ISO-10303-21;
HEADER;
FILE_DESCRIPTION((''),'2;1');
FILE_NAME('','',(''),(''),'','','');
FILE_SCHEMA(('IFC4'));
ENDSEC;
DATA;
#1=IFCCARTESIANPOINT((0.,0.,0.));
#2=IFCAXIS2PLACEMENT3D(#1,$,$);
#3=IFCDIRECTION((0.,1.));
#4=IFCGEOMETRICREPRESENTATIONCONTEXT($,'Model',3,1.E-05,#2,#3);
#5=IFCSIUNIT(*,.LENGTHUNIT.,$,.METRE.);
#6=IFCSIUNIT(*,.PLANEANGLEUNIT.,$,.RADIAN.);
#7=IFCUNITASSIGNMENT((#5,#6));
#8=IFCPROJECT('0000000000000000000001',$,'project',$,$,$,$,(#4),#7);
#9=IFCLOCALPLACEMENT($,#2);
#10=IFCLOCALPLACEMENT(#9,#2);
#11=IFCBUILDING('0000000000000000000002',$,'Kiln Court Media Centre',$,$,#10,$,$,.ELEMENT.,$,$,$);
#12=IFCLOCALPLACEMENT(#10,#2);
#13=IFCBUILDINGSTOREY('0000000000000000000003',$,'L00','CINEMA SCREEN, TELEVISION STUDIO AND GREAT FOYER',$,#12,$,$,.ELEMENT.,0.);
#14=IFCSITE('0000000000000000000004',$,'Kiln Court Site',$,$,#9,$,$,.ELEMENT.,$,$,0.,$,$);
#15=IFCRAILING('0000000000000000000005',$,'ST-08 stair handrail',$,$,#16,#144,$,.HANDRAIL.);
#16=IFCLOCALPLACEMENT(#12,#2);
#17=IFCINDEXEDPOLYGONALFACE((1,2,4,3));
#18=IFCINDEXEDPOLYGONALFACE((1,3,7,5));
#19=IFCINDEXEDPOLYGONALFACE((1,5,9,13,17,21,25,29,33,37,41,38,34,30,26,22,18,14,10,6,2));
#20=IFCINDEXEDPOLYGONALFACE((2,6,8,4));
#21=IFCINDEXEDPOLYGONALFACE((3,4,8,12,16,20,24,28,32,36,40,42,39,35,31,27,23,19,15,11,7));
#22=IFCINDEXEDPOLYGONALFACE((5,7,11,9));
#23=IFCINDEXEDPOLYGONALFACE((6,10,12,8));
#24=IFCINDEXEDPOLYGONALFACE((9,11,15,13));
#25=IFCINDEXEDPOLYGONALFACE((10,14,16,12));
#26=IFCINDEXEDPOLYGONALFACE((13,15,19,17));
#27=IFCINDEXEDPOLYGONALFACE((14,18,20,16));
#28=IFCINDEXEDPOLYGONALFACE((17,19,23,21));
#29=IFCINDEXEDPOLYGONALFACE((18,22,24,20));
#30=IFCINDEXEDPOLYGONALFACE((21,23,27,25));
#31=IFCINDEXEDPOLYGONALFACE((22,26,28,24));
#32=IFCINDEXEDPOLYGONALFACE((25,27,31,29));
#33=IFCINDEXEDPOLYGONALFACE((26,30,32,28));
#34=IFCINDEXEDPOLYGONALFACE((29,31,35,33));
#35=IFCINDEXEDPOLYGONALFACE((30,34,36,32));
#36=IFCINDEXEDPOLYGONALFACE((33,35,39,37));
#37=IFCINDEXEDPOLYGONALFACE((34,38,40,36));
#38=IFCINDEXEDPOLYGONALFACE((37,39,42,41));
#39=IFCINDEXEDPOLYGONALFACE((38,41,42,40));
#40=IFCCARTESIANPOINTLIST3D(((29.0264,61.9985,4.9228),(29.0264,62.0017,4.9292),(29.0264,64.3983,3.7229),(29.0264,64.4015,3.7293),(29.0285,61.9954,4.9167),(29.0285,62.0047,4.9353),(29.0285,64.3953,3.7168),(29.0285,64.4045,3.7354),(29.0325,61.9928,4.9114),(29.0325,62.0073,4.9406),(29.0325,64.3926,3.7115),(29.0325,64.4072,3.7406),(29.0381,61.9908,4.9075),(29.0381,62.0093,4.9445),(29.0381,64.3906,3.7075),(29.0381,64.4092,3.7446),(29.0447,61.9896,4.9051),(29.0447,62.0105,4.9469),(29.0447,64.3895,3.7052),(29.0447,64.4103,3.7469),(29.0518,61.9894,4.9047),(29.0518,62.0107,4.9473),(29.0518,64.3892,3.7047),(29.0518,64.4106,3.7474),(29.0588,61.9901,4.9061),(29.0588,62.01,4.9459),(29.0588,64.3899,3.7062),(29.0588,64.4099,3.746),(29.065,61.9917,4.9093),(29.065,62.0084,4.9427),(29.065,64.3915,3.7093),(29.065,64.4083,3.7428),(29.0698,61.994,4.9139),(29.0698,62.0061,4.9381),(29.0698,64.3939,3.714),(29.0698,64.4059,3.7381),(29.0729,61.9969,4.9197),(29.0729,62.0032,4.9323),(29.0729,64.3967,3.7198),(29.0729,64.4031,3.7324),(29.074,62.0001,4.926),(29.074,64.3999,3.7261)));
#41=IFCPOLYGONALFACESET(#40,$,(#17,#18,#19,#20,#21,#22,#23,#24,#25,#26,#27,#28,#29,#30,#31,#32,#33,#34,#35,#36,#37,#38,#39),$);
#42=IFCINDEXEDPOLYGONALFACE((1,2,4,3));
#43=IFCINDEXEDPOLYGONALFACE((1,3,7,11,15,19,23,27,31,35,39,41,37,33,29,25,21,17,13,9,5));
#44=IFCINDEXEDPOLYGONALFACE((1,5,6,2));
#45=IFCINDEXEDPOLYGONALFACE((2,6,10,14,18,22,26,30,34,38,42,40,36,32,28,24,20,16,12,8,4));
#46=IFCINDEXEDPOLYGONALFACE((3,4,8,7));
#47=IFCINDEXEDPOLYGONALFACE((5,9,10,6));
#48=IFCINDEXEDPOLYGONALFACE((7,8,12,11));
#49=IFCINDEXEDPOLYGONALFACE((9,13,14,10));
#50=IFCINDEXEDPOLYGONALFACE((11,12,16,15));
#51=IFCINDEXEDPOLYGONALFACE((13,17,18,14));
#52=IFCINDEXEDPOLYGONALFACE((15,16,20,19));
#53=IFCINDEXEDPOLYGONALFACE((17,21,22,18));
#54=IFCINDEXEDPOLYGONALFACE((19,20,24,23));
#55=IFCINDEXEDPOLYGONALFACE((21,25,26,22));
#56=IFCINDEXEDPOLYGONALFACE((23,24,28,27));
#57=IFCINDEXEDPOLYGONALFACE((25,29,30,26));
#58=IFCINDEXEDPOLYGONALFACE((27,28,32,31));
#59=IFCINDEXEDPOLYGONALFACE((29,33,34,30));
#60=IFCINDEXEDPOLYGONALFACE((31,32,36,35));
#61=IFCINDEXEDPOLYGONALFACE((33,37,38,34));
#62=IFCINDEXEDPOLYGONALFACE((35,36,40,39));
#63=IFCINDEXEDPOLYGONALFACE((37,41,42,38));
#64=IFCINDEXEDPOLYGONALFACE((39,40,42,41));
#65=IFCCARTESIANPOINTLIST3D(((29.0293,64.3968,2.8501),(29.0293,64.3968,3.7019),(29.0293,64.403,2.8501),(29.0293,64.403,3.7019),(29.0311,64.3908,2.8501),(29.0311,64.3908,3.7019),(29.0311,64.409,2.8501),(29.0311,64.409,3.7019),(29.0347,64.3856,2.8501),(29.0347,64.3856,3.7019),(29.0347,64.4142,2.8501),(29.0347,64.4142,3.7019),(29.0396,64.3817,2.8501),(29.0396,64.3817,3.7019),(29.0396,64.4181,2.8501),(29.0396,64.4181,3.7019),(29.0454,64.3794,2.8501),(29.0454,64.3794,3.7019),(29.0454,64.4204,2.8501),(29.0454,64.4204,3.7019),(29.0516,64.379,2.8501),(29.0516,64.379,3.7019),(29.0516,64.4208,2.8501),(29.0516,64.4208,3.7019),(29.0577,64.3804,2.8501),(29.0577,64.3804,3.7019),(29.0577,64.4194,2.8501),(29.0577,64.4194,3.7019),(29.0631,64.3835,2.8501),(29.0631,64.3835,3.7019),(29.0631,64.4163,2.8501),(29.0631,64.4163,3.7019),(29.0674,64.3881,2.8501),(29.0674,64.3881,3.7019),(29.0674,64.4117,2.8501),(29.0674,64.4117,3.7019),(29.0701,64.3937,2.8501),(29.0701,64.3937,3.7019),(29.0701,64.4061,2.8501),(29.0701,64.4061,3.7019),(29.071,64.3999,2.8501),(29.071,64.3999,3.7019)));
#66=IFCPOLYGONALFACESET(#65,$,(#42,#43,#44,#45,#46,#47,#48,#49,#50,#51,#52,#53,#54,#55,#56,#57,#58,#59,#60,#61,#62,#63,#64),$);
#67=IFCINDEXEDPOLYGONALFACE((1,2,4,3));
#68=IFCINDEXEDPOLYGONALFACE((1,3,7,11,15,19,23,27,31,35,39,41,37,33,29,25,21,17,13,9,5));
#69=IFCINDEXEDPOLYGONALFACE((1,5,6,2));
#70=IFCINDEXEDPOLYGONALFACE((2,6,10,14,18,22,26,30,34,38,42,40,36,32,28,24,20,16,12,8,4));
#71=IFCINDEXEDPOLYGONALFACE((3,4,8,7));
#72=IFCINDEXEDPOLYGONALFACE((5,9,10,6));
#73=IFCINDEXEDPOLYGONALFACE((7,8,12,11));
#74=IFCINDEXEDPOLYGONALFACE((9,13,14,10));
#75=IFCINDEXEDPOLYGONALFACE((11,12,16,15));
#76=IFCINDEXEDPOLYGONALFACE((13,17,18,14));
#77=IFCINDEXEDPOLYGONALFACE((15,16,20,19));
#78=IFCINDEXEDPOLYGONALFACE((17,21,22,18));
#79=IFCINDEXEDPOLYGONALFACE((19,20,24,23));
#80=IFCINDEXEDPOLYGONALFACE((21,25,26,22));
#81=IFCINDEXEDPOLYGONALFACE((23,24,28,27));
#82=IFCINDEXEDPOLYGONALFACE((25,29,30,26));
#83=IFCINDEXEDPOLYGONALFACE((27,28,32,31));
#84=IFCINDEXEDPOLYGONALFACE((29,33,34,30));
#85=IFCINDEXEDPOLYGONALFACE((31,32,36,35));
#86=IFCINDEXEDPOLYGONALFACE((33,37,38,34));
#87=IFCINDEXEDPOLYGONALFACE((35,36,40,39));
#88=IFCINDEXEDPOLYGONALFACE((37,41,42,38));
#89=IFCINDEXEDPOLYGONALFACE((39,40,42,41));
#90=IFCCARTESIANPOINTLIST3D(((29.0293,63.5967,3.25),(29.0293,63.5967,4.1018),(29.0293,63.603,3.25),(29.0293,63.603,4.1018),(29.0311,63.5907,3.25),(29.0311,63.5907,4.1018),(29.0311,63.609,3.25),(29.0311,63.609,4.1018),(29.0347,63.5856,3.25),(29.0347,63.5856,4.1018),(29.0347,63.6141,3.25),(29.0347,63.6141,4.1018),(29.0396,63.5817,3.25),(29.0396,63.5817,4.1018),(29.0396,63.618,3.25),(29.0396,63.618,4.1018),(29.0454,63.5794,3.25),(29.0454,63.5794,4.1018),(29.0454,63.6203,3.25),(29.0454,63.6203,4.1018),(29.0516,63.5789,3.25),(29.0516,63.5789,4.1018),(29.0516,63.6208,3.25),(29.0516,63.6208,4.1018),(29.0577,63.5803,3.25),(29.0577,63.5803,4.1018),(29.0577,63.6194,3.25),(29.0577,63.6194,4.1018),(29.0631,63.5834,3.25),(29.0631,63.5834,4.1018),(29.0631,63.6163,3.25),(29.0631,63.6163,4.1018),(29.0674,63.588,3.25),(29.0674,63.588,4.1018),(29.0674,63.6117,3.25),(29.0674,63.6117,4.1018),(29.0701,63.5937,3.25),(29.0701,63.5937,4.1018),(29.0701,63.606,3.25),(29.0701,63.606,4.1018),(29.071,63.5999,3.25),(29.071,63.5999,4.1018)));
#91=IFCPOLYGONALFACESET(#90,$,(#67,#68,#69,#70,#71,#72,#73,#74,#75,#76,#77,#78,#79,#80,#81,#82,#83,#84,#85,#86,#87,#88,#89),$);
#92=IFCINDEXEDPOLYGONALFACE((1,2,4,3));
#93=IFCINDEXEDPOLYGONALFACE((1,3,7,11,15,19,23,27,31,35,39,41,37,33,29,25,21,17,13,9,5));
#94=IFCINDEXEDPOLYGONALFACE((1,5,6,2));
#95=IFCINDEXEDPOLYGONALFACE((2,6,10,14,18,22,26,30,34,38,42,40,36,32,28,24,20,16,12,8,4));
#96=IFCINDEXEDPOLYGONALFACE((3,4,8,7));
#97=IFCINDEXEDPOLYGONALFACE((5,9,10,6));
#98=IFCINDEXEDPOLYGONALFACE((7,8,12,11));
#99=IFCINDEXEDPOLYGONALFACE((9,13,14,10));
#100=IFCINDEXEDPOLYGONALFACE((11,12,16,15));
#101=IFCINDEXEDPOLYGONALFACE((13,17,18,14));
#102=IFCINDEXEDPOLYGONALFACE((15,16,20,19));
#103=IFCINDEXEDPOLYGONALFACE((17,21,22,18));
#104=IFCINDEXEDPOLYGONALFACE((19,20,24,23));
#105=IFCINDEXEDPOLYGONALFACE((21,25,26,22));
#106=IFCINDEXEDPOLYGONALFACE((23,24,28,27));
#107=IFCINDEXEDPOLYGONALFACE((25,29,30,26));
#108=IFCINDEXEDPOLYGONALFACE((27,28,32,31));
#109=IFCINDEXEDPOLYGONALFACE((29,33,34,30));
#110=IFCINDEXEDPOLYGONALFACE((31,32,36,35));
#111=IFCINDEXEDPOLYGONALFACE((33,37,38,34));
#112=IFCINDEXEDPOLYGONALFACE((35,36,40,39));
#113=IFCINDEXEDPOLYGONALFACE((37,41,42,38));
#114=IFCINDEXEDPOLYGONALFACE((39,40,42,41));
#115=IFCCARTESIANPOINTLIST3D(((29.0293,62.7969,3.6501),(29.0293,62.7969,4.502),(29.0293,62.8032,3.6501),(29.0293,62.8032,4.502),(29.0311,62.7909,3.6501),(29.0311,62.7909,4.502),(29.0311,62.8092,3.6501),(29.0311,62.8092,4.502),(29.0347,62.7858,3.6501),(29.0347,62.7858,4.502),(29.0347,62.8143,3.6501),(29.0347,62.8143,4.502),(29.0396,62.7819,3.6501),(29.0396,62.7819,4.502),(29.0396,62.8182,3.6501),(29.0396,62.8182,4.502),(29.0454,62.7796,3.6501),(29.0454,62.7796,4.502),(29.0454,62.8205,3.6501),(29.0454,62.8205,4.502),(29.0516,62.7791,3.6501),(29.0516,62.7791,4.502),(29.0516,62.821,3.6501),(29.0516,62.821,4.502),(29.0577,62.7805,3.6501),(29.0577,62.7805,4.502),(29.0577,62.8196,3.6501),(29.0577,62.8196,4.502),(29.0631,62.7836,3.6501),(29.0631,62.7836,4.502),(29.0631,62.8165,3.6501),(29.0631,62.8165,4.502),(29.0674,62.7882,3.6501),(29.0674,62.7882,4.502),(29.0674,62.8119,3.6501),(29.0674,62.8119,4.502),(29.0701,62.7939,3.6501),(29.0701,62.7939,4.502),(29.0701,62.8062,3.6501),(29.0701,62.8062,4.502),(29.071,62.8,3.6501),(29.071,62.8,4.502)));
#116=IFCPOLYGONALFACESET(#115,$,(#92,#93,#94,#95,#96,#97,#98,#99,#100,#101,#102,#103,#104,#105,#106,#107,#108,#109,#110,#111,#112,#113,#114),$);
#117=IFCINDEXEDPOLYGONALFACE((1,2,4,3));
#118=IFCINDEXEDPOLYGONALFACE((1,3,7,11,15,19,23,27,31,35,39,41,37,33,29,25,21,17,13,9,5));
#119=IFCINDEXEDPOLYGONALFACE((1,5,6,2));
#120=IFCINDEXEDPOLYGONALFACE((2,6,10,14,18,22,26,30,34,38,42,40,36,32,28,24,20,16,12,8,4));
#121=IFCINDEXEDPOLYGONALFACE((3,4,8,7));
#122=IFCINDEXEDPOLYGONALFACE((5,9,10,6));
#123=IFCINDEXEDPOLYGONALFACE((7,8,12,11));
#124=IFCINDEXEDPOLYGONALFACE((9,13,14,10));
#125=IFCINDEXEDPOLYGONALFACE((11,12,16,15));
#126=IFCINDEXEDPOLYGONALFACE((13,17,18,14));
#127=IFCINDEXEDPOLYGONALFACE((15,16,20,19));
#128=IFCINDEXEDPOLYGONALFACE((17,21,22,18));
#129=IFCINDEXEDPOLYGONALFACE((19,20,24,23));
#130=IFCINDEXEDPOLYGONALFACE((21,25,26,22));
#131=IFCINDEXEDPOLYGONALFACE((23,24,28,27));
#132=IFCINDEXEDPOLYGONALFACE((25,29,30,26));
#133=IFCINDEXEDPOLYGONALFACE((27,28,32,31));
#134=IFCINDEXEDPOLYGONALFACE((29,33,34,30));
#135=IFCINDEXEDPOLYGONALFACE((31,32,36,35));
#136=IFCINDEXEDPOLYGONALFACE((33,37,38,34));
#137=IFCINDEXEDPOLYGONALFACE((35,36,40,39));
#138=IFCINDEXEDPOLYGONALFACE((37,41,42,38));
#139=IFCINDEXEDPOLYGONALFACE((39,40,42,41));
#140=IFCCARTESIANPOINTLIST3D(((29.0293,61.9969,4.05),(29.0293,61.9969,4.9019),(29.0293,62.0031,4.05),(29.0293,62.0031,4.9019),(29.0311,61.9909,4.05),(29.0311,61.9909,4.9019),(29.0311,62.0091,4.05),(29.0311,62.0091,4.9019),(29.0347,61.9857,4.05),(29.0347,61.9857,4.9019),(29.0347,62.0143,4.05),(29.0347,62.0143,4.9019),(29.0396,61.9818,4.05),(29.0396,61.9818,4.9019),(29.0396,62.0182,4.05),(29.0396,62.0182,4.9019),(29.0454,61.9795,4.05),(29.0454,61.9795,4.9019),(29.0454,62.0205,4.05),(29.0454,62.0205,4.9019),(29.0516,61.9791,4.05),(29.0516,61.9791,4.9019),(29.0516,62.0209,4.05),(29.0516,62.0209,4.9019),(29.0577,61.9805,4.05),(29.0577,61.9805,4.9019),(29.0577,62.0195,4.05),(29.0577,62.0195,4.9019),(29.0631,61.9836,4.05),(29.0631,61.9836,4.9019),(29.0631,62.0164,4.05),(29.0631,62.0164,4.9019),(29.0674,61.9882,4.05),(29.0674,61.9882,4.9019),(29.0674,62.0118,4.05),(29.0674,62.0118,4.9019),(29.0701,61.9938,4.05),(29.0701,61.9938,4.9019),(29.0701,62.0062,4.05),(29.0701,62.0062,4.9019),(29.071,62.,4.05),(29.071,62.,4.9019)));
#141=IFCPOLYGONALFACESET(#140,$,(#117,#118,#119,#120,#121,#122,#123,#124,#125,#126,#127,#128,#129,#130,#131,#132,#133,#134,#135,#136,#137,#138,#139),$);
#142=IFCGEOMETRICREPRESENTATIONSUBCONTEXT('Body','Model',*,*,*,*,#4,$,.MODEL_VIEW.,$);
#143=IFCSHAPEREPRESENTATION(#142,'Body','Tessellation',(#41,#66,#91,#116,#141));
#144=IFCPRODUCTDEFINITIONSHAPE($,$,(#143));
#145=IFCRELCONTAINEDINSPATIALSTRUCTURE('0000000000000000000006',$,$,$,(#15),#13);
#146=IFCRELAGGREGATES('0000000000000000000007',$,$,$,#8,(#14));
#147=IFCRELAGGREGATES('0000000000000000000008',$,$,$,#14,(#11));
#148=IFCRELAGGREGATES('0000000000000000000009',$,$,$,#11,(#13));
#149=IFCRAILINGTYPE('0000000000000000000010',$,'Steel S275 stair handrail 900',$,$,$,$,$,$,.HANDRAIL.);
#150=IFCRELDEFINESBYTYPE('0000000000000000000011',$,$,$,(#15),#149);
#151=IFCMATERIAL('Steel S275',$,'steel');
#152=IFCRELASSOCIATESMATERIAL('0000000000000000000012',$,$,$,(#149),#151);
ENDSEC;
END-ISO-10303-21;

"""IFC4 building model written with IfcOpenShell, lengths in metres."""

from ifc_helpers import new_model, si_unit, direction, frame, origin, origin_2d, place, context, subcontext, project, spatial, circle, extrude, material, type_object, element, save


model = new_model("IFC4")

# Units and contexts
model_context = context("Model", 3, precision=1e-05, world=origin(), true_north=direction((0.0, 1.0)))
body_context = subcontext(model_context, "Body", "Model", "MODEL_VIEW")
ifc_project = project(units=[si_unit("LENGTHUNIT", "METRE"), si_unit("PLANEANGLEUNIT", "RADIAN")], contexts=[model_context])

# Site, building, storey
site_placement = place(None, origin())
site = spatial("IfcSite", under=ifc_project, at=site_placement, Name="Kiln Court Site", CompositionType="ELEMENT", RefElevation=0.0)
building_placement = place(site_placement, origin())
building = spatial("IfcBuilding", under=site, at=building_placement, Name="Kiln Court Media Centre", CompositionType="ELEMENT")
storey_placement = place(building_placement, origin())
storey = spatial("IfcBuildingStorey", under=building, at=storey_placement, Name="L00", Description="CINEMA SCREEN, TELEVISION STUDIO AND GREAT FOYER", CompositionType="ELEMENT", Elevation=0.0)

# Railing
ifc_material_1 = material(Name="Steel S275", Category="steel")
railing_type_1 = type_object("IfcRailingType", Name="Steel S275 stair handrail 900", PredefinedType="HANDRAIL", material=ifc_material_1)
railing_1_placement = place(storey_placement, frame((29.05, 64.3999, 2.8501)))
element("IfcRailing", 1, at=railing_1_placement, inside=storey, type_object=railing_type_1, Name="ST-08 stair handrail", PredefinedType="HANDRAIL", context=body_context, shape_type="SweptSolid", body=[
    extrude(circle(Radius=0.0239, at=origin_2d()), frame((0.0, 0.0, 0.876), z_axis=(0.0, -0.894427, 0.447214), x_axis=(1.0, 0.0, 0.0)), (0.0, 0.0, 1.0), 2.6831),
    extrude(circle(Radius=0.021, at=origin_2d()), origin(), (0.0, 0.0, 1.0), 0.8518),
    extrude(circle(Radius=0.021, at=origin_2d()), frame((0.0, -0.8, 0.3999)), (0.0, 0.0, 1.0), 0.8518),
    extrude(circle(Radius=0.021, at=origin_2d()), frame((0.0, -1.5999, 0.8)), (0.0, 0.0, 1.0), 0.8518),
    extrude(circle(Radius=0.021, at=origin_2d()), frame((0.0, -2.3999, 1.2)), (0.0, 0.0, 1.0), 0.8518),
])

save(model, "model.ifc")
